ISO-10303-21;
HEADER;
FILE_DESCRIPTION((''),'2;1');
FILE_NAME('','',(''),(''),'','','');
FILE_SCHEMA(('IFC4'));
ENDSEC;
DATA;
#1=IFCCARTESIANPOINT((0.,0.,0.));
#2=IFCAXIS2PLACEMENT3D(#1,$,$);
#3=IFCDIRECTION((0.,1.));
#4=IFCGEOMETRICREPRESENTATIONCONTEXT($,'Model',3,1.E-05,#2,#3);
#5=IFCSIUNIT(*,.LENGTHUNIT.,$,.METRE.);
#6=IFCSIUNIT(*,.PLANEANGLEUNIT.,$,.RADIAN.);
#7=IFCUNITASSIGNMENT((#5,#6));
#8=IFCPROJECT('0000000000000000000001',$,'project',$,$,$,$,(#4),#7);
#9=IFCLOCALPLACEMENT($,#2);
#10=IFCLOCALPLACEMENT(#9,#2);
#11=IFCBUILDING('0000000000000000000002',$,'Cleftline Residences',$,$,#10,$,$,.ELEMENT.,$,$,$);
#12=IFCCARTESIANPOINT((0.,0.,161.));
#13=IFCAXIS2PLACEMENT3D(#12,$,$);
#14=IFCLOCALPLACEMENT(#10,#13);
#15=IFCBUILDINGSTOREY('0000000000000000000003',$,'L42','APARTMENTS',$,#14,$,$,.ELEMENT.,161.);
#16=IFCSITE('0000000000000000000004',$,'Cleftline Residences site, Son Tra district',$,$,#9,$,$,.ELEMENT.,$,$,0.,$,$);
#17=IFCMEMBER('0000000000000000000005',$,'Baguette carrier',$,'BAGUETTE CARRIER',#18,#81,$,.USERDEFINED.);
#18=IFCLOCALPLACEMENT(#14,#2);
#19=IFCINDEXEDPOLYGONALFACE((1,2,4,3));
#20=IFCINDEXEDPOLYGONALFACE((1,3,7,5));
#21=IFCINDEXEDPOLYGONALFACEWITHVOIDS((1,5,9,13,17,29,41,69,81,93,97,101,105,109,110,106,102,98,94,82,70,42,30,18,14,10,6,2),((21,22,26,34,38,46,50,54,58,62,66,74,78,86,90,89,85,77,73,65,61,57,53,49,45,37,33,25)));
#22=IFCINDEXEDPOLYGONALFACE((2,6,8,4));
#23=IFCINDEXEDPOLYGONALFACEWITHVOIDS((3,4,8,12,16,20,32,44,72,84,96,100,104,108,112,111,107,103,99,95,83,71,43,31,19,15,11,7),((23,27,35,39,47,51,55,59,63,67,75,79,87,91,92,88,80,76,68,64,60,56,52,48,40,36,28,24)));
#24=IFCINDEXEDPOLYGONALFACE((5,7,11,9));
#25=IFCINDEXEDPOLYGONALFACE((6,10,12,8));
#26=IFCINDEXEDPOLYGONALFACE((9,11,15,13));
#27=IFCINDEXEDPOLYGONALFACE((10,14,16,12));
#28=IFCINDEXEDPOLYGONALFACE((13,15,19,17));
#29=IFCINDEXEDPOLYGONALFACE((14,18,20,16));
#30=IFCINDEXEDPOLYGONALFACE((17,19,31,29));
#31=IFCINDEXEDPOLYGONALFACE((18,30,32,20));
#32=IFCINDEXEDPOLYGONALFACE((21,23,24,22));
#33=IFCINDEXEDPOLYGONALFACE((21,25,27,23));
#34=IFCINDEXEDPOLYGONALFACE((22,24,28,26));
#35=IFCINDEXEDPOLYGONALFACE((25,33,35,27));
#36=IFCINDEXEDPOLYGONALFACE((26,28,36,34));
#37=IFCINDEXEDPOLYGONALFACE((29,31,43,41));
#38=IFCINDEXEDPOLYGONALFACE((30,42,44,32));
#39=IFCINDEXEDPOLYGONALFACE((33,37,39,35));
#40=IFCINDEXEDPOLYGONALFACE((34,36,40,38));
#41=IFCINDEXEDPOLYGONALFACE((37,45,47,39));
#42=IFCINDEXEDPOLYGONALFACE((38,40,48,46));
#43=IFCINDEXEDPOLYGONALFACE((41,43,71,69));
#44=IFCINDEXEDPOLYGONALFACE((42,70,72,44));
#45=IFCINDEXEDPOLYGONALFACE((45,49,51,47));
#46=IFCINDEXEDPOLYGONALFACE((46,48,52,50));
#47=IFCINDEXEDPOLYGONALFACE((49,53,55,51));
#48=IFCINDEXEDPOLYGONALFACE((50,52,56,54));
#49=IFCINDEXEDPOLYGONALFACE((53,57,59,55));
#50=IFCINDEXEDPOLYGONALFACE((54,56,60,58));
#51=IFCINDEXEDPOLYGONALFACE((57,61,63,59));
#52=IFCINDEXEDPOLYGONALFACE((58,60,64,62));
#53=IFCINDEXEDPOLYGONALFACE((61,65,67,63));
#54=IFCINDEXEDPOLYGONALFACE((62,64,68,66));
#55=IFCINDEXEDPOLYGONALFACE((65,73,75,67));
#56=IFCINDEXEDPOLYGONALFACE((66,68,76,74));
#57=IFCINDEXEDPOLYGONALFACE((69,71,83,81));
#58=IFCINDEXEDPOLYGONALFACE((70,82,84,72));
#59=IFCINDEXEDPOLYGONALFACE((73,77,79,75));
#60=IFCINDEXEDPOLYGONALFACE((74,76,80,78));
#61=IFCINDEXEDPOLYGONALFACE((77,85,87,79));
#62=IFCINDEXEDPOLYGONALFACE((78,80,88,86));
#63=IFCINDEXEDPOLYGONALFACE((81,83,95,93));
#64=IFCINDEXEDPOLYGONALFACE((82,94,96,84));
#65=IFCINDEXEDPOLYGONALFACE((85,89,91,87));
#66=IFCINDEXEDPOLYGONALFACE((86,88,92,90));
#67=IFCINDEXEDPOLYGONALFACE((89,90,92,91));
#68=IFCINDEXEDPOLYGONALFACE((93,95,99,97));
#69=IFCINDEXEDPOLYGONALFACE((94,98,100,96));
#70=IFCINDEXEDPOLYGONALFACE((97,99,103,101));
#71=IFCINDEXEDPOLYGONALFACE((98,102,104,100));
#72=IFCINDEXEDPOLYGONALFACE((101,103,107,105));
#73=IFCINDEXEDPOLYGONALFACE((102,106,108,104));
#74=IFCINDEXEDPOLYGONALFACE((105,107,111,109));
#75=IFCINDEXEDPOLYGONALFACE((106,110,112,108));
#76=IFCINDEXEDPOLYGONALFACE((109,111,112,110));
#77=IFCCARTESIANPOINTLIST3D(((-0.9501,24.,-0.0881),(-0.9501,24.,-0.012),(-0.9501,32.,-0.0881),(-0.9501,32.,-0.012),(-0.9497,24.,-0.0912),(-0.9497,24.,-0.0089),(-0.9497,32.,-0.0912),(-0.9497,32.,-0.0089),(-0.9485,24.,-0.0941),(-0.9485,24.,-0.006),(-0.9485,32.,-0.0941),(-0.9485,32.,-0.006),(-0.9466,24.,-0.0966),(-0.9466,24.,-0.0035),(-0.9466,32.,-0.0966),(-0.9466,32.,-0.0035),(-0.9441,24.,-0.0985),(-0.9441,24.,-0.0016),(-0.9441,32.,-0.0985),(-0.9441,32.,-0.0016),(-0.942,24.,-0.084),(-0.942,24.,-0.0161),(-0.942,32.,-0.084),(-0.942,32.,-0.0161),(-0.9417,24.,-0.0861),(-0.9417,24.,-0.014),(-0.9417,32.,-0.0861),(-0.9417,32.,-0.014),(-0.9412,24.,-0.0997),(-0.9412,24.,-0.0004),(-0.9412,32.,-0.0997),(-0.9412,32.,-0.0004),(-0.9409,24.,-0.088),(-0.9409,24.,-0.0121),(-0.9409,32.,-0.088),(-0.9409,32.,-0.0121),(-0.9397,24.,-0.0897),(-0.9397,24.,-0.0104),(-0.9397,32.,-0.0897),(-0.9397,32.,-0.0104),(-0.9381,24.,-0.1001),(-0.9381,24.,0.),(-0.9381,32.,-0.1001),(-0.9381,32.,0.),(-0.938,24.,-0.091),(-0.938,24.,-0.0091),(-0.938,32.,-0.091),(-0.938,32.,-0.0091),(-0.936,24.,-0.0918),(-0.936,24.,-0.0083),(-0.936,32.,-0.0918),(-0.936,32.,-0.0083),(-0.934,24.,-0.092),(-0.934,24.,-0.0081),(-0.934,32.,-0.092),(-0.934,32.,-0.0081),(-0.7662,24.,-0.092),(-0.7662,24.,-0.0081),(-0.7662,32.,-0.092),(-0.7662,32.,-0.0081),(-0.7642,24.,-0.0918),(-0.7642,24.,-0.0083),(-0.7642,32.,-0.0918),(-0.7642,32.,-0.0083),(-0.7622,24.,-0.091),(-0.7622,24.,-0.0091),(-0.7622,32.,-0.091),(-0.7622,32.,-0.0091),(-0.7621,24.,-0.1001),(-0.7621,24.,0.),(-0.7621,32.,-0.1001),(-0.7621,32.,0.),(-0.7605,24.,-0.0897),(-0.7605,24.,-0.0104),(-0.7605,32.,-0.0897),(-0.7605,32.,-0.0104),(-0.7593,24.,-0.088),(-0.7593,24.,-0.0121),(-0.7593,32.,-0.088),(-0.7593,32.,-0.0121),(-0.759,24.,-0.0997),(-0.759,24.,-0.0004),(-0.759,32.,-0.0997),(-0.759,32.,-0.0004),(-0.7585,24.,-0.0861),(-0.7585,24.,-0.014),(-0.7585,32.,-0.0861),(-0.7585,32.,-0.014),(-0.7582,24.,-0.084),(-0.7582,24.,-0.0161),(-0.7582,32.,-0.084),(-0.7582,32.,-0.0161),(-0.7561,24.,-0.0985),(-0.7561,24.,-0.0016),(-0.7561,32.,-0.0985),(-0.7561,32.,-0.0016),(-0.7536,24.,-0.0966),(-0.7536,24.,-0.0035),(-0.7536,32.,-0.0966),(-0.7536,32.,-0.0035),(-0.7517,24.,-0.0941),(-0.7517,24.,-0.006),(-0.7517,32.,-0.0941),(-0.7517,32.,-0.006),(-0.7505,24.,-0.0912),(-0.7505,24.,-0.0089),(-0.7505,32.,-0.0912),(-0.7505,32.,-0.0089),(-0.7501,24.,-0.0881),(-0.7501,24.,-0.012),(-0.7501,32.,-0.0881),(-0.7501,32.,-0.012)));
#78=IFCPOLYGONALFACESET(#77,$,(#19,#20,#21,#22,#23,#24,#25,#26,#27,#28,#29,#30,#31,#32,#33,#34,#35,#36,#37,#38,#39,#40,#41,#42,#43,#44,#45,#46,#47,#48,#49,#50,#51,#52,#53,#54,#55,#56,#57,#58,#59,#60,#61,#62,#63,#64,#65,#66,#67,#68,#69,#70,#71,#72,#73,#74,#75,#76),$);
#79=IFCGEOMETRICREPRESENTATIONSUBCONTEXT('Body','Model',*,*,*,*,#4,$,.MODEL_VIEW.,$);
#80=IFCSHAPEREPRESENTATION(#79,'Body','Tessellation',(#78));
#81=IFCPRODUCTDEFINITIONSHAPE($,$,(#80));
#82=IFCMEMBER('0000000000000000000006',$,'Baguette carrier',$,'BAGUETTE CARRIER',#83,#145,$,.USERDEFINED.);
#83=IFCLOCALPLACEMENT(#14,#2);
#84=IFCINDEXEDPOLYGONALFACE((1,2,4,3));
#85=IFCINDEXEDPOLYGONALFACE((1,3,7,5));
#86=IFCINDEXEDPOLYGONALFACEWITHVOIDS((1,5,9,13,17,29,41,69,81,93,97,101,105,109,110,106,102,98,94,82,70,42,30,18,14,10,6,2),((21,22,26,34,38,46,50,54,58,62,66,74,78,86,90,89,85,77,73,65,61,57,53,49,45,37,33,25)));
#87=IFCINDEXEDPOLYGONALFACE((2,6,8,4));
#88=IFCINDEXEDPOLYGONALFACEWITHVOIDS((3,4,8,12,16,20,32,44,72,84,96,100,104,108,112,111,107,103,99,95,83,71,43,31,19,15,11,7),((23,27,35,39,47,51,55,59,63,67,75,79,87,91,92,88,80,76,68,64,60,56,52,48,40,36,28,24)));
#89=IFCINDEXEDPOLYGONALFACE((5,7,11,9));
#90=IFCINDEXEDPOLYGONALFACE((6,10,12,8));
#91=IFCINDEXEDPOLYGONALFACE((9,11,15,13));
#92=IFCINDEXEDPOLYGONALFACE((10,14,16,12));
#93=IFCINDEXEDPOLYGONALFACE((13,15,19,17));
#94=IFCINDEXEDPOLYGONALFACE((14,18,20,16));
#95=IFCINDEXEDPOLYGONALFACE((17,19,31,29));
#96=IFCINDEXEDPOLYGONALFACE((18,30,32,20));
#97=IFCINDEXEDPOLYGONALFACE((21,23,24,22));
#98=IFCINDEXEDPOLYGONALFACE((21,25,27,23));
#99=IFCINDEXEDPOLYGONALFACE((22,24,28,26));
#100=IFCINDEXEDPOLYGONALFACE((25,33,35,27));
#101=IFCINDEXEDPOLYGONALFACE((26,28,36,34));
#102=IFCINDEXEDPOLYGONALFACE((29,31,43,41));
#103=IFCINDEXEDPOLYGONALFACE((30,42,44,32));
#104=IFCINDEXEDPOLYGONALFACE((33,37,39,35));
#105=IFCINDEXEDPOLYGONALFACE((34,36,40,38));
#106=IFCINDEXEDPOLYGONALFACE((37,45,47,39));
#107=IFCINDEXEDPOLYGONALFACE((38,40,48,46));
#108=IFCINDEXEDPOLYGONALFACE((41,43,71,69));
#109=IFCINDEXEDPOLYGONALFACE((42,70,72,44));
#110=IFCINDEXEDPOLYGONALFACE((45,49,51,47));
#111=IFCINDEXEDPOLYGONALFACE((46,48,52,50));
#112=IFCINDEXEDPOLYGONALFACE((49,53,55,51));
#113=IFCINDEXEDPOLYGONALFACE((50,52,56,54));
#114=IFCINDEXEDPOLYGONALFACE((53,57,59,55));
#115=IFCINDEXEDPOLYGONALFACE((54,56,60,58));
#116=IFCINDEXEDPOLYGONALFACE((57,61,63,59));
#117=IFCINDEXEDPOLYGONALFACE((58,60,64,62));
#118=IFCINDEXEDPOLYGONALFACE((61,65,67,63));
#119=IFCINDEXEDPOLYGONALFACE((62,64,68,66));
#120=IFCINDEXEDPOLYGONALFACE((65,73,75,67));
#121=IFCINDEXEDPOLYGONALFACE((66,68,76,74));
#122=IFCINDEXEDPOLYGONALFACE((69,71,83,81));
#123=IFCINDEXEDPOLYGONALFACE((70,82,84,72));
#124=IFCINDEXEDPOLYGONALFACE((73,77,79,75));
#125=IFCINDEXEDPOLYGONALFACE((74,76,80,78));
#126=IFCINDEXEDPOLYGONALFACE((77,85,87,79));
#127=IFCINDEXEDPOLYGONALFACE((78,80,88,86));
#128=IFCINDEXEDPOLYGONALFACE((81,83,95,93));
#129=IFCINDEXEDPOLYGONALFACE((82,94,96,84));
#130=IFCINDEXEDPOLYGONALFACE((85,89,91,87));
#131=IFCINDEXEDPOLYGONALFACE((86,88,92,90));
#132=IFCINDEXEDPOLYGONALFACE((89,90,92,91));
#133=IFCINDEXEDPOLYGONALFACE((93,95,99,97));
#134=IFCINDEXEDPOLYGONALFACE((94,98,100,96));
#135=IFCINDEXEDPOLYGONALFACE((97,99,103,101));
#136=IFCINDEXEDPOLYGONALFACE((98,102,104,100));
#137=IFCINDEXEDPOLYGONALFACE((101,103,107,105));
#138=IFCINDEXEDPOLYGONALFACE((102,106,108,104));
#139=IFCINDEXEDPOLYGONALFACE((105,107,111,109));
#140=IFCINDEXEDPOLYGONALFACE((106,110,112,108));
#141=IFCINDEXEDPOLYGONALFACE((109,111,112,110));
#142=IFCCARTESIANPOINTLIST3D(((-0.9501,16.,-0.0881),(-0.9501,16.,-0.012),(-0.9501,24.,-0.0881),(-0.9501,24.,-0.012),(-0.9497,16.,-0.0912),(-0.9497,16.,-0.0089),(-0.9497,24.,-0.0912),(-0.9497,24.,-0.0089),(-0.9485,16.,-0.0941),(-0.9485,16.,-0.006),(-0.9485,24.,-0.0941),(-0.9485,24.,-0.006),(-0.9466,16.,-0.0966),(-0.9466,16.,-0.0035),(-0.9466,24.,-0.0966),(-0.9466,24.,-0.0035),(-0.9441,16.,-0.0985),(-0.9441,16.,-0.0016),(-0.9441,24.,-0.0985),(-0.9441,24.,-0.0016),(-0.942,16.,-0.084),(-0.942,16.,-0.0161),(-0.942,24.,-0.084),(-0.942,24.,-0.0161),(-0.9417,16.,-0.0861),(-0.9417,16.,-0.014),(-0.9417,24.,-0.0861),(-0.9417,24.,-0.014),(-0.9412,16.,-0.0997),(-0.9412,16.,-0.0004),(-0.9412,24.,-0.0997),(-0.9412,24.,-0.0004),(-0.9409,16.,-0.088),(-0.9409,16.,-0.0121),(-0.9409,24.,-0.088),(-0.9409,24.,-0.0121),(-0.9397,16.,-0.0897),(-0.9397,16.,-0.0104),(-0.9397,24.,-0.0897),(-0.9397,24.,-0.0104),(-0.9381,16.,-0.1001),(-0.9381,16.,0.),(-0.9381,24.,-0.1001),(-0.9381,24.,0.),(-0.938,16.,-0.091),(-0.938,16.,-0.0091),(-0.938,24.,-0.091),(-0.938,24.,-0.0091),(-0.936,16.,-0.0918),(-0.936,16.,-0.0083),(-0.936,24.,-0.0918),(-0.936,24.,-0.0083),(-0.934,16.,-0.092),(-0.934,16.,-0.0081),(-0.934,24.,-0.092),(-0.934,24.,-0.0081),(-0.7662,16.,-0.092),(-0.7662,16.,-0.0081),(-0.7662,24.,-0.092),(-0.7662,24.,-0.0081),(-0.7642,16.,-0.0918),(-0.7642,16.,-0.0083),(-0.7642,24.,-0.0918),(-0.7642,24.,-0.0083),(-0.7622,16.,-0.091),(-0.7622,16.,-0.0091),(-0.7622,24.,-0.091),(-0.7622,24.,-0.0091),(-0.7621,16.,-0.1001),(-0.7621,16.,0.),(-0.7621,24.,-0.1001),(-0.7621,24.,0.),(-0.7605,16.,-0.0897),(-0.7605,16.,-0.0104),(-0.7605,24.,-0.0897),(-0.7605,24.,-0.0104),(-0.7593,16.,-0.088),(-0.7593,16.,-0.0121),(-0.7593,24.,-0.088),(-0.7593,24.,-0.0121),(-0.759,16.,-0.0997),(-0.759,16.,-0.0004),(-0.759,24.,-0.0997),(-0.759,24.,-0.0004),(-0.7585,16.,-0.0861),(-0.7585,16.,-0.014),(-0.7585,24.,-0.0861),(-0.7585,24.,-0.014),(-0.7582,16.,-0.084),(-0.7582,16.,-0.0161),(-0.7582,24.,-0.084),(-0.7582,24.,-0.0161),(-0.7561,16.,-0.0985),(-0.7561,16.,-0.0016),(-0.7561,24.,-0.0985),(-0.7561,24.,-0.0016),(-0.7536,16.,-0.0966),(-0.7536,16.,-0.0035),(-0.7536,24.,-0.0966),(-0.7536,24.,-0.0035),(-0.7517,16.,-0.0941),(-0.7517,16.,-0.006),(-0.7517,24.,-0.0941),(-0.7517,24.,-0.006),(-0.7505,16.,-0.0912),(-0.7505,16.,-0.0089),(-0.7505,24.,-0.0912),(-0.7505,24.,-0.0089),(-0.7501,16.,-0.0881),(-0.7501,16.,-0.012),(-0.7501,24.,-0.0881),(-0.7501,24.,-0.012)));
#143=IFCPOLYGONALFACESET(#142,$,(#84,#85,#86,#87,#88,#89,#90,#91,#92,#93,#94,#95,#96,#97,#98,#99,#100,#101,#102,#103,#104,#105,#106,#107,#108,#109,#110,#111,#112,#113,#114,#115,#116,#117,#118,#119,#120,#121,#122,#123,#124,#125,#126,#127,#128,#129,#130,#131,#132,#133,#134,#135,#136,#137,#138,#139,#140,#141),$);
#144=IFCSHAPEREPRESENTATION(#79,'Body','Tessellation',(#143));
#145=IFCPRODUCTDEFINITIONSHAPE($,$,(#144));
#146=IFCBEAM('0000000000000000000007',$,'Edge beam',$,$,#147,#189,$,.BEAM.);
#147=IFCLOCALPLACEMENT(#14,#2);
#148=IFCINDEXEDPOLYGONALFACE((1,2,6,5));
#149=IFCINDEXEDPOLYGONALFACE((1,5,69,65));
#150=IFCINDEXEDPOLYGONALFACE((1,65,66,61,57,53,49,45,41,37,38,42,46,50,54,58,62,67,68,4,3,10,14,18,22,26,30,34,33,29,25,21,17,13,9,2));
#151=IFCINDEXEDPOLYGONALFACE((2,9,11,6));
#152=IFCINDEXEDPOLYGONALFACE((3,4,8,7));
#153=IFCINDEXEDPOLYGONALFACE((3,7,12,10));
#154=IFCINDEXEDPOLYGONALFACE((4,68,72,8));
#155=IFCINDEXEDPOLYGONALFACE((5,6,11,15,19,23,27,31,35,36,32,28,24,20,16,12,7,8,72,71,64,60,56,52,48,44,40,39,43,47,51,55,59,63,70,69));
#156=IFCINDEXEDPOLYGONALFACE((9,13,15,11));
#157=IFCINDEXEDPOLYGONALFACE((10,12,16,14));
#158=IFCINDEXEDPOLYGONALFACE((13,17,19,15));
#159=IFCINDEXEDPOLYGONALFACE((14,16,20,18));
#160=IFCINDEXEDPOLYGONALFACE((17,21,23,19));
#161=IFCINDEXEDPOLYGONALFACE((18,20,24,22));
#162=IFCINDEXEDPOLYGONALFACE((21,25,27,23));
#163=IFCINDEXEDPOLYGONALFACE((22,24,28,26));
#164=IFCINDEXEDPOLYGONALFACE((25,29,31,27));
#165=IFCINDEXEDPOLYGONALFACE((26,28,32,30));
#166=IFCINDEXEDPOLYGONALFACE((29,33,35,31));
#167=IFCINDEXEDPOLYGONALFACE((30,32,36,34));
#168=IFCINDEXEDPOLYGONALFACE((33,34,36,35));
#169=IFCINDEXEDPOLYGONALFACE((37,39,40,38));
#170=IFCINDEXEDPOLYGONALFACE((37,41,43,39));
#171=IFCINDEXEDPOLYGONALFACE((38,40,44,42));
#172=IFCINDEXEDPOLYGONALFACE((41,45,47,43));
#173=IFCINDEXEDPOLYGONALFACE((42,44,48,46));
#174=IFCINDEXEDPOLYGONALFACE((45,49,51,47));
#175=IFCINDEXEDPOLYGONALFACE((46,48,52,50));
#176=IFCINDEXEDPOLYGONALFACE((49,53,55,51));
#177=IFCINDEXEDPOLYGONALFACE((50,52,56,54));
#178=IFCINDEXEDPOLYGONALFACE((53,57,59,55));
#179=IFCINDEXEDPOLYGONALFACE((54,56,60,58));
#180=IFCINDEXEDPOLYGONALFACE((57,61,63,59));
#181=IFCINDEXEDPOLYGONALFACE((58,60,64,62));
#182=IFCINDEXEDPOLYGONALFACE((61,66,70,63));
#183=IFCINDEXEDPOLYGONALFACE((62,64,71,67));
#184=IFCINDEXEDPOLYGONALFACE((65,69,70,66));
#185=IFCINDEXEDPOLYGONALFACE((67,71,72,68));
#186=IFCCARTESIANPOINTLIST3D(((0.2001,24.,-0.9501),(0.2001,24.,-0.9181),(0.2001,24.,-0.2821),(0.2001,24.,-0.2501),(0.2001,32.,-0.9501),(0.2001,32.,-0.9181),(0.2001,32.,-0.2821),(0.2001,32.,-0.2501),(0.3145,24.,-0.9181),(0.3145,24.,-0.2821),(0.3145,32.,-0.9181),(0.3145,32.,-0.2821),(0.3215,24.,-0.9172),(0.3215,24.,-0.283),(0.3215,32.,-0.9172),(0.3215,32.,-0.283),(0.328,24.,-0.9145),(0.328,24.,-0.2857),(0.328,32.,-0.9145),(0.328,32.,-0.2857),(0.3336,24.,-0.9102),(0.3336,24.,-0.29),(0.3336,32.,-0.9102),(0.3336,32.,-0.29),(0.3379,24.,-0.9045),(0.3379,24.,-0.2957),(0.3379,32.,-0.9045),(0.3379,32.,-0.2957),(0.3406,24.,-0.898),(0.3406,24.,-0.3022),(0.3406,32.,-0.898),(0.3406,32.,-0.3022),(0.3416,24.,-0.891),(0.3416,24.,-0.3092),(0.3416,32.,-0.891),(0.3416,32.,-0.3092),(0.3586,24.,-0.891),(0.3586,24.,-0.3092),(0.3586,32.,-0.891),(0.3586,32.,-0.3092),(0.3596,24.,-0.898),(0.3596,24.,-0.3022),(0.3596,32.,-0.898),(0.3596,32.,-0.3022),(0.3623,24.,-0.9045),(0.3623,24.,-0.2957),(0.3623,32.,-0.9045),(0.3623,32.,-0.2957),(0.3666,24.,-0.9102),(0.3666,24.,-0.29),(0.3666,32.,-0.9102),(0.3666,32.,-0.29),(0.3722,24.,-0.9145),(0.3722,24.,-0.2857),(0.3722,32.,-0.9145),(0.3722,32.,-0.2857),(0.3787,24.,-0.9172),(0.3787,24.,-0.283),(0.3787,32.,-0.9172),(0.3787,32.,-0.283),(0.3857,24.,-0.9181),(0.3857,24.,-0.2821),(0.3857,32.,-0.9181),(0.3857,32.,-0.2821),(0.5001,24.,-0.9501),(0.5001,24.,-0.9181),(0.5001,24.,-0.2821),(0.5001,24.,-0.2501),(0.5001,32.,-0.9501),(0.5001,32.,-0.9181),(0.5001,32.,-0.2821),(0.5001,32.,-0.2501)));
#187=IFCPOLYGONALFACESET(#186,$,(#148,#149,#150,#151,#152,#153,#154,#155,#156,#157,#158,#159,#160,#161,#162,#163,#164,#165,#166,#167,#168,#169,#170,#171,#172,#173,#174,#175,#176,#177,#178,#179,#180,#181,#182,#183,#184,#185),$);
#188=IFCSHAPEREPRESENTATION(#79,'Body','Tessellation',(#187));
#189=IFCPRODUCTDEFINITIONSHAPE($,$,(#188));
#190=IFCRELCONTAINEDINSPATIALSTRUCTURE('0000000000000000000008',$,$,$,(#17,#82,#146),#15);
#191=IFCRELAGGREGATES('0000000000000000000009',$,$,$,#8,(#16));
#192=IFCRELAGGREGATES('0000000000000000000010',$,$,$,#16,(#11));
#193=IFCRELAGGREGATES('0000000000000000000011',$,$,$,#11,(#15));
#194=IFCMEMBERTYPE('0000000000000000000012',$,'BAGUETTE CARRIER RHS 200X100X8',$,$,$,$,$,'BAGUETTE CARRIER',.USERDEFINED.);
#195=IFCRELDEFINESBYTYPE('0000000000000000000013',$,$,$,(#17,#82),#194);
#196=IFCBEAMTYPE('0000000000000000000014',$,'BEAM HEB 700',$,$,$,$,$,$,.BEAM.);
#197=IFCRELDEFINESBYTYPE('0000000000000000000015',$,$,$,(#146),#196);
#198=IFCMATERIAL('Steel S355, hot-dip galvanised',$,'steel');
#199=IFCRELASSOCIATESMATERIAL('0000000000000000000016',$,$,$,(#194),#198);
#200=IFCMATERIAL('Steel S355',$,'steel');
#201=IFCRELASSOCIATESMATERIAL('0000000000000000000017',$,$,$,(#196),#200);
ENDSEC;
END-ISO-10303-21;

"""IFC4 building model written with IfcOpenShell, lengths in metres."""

from ifc_helpers import new_model, si_unit, direction, frame, origin, origin_2d, place, context, subcontext, project, spatial, hollow_rectangle, i_section, extrude, material, material_profile, profile_set, type_object, element, save


model = new_model("IFC4")

# Units and contexts
model_context = context("Model", 3, precision=1e-05, world=origin(), true_north=direction((0.0, 1.0)))
body_context = subcontext(model_context, "Body", "Model", "MODEL_VIEW")
ifc_project = project(units=[si_unit("LENGTHUNIT", "METRE"), si_unit("PLANEANGLEUNIT", "RADIAN")], contexts=[model_context])

# Site, building, storey
site_placement = place(None, origin())
site = spatial("IfcSite", under=ifc_project, at=site_placement, Name="Cleftline Residences site, Son Tra district", CompositionType="ELEMENT", RefElevation=0.0)
building_placement = place(site_placement, origin())
building = spatial("IfcBuilding", under=site, at=building_placement, Name="Cleftline Residences", CompositionType="ELEMENT")
storey_placement = place(building_placement, frame((0.0, 0.0, 161.0)))
storey = spatial("IfcBuildingStorey", under=building, at=storey_placement, Name="L42", Description="APARTMENTS", CompositionType="ELEMENT", Elevation=161.0)

# Members
ifc_material_1 = material(Name="Steel S355, hot-dip galvanised", Category="steel")
ifc_material_profile_1 = material_profile(ifc_material_1, hollow_rectangle(XDim=0.1001, YDim=0.2, WallThickness=0.0081, InnerFilletRadius=0.0081, OuterFilletRadius=0.012, at=origin_2d()))
ifc_profile_set_1 = profile_set([ifc_material_profile_1], Name="Steel S355, hot-dip galvanised")
member_type_1 = type_object("IfcMemberType", Name="BAGUETTE CARRIER RHS 200X100X8", ElementType="BAGUETTE CARRIER", PredefinedType="USERDEFINED", material=ifc_profile_set_1)
for number, where, z_axis, x_axis, name in (
    (1, (-0.8501, 32.0, -0.05), (0.0, -1.0, 0.0), (0.0, 0.0, 1.0), "Baguette carrier"),
    (2, (-0.8501, 24.0, -0.05), (0.0, -1.0, 0.0), (0.0, 0.0, 1.0), "Baguette carrier"),
):
    element("IfcMember", number, at=place(storey_placement, frame(where, z_axis=z_axis, x_axis=x_axis)), inside=storey, type_object=member_type_1, Name=name, ObjectType="BAGUETTE CARRIER", PredefinedType="USERDEFINED", context=body_context, shape_type="SweptSolid", body=[
        extrude(hollow_rectangle(XDim=0.1001, YDim=0.2, WallThickness=0.0081, InnerFilletRadius=0.0081, OuterFilletRadius=0.012, at=origin_2d()), origin(), (0.0, 0.0, 1.0), 8.0),
    ])

# Beam
ifc_material_2 = material(Name="Steel S355", Category="steel")
ifc_material_profile_2 = material_profile(ifc_material_2, i_section(OverallWidth=0.3, OverallDepth=0.7, WebThickness=0.0171, FlangeThickness=0.032, FilletRadius=0.0271, at=origin_2d()))
ifc_profile_set_2 = profile_set([ifc_material_profile_2], Name="Steel S355")
beam_type_1 = type_object("IfcBeamType", Name="BEAM HEB 700", PredefinedType="BEAM", material=ifc_profile_set_2)
for number, where, z_axis, x_axis, name in (
    (3, (0.3501, 24.0, -0.6001), (0.0, 1.0, 0.0), (-1.0, 0.0, 0.0), "Edge beam"),
):
    element("IfcBeam", number, at=place(storey_placement, frame(where, z_axis=z_axis, x_axis=x_axis)), inside=storey, type_object=beam_type_1, Name=name, PredefinedType="BEAM", context=body_context, shape_type="SweptSolid", body=[
        extrude(i_section(OverallWidth=0.3, OverallDepth=0.7, WebThickness=0.0171, FlangeThickness=0.032, FilletRadius=0.0271, at=origin_2d()), origin(), (0.0, 0.0, 1.0), 8.0),
    ])

save(model, "model.ifc")
